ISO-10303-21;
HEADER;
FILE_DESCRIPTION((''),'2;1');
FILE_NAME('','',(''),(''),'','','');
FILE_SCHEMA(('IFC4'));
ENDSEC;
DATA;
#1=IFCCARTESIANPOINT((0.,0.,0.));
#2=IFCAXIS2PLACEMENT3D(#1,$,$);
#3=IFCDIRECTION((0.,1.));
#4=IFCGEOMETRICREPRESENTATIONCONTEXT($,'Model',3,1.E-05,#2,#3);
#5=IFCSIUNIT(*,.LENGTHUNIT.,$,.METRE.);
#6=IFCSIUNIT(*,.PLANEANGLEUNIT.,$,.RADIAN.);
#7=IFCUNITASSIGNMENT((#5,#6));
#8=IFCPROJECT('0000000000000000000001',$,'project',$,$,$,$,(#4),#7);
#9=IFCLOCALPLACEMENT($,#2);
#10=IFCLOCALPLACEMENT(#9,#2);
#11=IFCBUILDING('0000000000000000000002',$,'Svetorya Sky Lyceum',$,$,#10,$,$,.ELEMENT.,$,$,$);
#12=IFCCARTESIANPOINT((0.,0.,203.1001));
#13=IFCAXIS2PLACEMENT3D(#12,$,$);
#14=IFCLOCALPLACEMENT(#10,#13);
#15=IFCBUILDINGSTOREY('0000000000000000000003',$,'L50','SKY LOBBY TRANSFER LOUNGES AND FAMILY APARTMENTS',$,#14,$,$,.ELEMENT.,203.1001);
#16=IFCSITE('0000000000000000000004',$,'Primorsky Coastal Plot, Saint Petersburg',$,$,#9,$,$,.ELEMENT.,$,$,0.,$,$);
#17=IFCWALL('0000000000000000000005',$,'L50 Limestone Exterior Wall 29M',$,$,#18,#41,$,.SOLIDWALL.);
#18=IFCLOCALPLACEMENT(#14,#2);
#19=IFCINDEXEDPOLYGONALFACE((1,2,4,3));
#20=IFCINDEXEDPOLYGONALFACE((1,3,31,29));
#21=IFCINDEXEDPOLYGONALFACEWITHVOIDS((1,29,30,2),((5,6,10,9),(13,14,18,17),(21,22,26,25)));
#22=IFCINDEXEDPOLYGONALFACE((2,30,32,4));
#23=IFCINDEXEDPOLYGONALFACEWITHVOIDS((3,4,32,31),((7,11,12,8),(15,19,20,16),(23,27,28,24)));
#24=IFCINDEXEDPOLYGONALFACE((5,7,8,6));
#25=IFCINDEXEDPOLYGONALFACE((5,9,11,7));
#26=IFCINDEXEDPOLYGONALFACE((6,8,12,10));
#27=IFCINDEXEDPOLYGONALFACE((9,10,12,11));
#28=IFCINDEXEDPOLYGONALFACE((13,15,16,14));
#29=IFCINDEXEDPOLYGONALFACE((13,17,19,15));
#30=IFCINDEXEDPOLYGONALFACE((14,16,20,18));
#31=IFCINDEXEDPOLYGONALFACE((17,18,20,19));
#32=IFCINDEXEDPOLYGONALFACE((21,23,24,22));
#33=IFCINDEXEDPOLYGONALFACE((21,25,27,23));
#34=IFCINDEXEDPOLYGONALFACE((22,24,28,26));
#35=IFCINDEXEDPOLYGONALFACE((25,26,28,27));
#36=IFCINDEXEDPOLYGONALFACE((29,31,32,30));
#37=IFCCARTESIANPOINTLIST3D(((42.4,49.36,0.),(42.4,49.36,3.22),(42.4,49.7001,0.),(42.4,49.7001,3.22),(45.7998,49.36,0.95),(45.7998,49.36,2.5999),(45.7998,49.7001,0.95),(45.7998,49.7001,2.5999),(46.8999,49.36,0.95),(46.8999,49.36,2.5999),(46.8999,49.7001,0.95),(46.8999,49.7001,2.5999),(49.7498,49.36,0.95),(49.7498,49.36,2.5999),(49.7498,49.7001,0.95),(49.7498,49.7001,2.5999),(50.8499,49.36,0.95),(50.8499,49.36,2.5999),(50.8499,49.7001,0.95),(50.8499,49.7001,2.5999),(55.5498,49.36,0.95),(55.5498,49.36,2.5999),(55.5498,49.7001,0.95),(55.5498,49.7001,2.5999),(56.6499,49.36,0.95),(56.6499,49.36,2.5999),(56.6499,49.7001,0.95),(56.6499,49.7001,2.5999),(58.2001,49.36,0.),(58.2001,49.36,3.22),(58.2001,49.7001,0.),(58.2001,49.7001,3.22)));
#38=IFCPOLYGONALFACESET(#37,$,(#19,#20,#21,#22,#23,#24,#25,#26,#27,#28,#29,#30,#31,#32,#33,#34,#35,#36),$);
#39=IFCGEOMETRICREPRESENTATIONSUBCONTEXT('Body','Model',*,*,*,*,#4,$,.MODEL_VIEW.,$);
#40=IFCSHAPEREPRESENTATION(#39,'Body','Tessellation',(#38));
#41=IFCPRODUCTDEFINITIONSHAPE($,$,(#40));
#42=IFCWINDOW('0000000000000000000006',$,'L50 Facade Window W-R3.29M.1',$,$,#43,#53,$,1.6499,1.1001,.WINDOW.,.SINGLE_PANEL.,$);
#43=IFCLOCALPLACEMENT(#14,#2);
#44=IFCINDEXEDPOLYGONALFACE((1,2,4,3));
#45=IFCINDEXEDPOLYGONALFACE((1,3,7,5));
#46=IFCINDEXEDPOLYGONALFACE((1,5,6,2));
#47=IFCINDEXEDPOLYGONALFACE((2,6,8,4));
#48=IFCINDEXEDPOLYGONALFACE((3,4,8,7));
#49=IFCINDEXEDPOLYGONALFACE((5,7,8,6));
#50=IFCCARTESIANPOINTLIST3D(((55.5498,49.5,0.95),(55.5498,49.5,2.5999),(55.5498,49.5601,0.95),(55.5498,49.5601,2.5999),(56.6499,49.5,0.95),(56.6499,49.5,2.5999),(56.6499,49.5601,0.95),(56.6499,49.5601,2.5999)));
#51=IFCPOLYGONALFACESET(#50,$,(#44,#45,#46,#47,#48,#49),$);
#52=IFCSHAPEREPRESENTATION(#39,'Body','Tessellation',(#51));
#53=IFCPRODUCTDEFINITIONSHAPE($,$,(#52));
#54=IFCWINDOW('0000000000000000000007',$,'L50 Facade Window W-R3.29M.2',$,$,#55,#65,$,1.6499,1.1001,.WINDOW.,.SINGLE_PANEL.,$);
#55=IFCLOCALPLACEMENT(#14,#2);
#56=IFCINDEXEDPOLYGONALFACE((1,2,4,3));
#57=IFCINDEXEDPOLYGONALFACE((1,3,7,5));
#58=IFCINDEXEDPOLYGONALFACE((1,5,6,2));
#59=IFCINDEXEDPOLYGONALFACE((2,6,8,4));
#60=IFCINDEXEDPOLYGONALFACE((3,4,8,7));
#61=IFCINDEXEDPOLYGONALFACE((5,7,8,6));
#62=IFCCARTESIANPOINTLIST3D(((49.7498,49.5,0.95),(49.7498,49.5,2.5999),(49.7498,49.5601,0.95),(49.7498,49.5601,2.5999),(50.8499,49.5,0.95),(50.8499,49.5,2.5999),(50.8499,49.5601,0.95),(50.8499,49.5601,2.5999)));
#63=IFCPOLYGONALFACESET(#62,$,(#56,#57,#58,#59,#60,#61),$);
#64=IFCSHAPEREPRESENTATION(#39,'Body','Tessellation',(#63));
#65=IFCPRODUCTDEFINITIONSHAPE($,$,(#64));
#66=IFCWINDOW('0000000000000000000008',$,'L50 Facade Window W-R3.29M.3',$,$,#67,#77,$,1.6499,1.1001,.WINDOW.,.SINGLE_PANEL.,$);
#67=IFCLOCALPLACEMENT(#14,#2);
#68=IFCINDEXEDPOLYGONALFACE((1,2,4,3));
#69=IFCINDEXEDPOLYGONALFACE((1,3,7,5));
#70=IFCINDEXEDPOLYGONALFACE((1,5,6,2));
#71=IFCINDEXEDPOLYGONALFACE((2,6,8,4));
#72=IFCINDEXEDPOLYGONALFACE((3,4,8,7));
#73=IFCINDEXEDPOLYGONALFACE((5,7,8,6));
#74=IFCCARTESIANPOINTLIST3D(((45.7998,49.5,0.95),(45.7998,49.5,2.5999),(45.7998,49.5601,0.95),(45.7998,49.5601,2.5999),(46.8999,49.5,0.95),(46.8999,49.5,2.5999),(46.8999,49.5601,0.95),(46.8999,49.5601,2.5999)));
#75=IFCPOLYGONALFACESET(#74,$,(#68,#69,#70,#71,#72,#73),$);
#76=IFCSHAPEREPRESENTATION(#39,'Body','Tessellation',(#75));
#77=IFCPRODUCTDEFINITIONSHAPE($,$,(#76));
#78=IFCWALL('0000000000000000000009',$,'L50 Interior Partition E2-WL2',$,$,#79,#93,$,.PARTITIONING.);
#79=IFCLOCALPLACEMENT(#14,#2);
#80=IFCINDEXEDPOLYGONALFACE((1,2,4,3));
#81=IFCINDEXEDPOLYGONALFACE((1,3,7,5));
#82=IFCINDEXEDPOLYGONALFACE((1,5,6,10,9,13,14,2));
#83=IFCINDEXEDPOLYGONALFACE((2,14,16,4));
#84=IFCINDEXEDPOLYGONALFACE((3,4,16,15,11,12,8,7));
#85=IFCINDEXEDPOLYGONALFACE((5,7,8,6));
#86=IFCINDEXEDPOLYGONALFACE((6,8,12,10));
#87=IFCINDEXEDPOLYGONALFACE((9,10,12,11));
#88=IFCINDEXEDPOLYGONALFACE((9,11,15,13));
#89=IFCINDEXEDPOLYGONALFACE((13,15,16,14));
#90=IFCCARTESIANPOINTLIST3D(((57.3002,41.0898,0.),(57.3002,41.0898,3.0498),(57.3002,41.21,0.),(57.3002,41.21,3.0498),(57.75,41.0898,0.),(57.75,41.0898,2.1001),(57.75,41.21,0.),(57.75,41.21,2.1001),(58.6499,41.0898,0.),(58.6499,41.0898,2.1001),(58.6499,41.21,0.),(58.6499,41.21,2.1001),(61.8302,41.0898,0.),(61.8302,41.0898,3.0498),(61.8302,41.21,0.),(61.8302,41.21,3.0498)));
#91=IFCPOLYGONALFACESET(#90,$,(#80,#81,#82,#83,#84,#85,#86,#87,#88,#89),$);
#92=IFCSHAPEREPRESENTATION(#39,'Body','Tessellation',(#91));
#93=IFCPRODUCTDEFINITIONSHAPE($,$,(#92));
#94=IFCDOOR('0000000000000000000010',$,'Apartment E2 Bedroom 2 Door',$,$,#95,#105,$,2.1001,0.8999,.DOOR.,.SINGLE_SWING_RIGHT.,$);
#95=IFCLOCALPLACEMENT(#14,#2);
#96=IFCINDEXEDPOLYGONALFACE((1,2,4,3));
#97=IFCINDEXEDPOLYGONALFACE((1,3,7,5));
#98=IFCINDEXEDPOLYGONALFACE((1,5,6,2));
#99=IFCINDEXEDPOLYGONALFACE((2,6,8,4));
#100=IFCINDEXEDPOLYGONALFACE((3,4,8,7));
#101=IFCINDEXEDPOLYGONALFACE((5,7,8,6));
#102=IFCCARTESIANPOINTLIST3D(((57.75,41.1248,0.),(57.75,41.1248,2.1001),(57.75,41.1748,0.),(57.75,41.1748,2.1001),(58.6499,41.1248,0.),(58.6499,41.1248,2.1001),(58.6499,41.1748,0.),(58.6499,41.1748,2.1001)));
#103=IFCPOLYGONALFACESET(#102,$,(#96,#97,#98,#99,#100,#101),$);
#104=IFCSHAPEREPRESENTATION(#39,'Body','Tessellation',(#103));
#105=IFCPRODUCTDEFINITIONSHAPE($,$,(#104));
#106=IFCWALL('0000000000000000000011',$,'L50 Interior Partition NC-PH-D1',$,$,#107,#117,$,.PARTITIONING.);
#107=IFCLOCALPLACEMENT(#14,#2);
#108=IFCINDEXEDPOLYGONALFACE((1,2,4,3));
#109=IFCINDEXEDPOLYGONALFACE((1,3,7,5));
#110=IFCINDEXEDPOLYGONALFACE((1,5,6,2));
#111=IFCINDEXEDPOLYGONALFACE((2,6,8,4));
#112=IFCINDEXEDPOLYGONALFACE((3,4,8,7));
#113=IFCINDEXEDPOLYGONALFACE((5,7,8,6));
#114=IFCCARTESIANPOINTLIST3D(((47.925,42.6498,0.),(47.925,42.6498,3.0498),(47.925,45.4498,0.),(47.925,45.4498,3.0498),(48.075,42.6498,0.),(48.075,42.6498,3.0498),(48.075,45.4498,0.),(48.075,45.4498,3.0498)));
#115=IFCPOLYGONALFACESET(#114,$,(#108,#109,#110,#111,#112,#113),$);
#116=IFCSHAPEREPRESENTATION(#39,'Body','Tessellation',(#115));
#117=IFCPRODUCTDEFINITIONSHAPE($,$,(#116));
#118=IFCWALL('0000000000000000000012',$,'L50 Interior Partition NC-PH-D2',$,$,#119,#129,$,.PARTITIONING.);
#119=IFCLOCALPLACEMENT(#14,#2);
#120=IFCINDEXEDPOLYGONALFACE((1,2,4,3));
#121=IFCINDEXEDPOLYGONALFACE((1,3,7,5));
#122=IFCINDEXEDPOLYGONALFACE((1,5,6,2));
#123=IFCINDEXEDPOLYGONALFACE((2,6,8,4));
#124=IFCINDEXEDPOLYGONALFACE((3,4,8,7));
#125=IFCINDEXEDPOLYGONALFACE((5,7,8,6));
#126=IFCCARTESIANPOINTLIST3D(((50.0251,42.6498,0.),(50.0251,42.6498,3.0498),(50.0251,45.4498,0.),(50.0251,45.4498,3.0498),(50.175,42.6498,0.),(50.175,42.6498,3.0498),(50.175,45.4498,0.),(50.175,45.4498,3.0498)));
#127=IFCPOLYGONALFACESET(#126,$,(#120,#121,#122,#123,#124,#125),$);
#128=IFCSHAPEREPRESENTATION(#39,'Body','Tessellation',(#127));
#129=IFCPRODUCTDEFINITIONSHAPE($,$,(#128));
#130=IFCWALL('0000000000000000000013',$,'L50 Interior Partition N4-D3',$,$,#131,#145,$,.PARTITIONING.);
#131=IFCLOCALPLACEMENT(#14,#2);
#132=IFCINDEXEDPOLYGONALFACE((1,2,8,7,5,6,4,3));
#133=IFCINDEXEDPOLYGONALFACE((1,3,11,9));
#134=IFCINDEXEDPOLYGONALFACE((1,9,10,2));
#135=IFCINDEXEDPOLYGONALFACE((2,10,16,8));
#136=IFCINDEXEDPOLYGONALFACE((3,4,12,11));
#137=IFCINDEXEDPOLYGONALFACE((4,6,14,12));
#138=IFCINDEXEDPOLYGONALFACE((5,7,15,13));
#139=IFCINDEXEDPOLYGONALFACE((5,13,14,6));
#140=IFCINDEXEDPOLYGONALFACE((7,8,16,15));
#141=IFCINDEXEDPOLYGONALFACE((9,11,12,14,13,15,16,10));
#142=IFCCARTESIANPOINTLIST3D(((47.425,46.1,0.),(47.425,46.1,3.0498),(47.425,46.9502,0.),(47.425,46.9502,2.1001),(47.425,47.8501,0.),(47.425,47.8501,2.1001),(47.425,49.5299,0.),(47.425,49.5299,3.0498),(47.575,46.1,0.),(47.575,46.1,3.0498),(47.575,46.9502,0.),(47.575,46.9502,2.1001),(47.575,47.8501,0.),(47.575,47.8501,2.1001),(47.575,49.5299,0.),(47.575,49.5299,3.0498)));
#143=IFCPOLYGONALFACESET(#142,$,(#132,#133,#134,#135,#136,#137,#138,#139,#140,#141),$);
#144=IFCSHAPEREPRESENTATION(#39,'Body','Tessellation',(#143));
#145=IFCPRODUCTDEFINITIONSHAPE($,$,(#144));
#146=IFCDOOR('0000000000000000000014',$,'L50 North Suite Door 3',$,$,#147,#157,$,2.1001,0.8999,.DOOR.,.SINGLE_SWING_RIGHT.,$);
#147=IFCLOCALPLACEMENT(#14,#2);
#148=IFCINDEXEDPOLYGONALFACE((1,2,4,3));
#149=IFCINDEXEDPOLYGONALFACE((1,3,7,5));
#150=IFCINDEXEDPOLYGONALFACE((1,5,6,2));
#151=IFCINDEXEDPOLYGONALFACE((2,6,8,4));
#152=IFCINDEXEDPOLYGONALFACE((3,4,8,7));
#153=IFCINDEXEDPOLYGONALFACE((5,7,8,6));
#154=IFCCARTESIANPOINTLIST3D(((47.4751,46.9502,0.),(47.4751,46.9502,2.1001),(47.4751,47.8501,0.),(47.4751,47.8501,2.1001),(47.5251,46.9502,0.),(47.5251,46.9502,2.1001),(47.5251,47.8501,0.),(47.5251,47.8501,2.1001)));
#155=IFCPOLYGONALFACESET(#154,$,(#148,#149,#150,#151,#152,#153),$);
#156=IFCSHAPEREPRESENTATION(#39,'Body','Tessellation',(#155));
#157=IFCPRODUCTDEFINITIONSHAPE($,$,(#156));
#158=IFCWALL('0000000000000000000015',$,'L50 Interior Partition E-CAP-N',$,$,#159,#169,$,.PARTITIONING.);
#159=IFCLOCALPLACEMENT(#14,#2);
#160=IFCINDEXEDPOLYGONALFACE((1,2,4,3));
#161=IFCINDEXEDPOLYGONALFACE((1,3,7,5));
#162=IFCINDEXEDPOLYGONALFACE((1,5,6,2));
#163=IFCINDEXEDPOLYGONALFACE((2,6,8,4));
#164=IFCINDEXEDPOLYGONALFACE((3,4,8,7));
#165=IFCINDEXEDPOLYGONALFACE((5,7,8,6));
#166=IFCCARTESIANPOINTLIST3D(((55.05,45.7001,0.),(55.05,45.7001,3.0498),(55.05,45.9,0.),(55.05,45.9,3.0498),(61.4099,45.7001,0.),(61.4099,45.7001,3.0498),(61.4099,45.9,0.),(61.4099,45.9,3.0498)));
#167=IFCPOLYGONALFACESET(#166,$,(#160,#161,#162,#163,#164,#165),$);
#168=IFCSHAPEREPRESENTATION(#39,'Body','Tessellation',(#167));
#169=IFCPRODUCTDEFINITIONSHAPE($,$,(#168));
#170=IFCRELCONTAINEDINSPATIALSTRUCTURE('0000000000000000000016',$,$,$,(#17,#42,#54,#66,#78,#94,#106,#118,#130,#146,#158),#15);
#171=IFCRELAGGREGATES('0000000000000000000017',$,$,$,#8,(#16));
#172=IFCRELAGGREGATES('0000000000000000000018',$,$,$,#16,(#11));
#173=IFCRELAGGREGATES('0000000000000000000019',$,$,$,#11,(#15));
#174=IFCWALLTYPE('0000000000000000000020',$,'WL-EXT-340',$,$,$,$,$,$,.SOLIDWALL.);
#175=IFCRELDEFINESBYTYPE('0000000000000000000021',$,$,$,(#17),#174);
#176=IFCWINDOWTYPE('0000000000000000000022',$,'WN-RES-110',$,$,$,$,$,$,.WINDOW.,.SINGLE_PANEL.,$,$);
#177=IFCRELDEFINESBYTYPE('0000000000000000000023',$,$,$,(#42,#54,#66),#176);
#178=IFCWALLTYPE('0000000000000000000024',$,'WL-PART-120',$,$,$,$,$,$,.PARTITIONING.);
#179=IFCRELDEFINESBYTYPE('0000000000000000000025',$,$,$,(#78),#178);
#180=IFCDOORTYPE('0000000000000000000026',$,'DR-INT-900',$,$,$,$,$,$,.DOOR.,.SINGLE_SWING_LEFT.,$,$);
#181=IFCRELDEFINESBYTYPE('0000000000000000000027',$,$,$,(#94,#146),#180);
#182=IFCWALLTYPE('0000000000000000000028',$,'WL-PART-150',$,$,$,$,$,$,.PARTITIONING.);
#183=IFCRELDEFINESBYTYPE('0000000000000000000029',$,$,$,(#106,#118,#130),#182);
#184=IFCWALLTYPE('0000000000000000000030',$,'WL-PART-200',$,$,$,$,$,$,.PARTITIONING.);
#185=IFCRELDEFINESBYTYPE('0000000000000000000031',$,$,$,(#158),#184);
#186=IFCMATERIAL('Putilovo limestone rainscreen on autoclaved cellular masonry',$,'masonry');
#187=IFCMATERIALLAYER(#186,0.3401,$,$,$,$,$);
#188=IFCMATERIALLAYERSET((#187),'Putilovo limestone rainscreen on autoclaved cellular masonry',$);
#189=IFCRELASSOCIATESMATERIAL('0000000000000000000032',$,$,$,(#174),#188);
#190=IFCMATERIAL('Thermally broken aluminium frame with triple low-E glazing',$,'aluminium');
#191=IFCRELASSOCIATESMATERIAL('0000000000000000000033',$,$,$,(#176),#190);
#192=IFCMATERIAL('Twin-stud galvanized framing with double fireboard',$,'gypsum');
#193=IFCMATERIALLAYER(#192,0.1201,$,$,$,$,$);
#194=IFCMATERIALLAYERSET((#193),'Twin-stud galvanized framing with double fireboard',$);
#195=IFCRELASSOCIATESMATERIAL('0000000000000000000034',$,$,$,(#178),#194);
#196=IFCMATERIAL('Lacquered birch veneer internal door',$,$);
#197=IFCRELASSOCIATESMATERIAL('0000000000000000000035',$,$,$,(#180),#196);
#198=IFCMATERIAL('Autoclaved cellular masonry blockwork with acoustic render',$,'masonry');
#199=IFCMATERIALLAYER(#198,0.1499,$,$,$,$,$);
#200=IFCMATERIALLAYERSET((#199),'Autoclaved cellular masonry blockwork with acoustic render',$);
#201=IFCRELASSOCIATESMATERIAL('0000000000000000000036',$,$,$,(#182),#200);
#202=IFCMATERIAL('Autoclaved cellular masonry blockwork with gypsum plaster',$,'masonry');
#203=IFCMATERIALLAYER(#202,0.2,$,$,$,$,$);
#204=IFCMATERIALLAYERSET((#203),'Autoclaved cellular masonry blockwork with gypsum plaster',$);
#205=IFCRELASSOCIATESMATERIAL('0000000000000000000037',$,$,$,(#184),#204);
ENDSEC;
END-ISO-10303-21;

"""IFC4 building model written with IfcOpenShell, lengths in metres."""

from ifc_helpers import new_model, si_unit, direction, frame, frame_2d, origin, place, context, subcontext, project, spatial, rectangle, extrude, material, layer, layer_set, type_object, element, fill, save


model = new_model("IFC4")

# Units and contexts
model_context = context("Model", 3, precision=1e-05, world=origin(), true_north=direction((0.0, 1.0)))
body_context = subcontext(model_context, "Body", "Model", "MODEL_VIEW")
ifc_project = project(units=[si_unit("LENGTHUNIT", "METRE"), si_unit("PLANEANGLEUNIT", "RADIAN")], contexts=[model_context])

# Site, building, storey
site_placement = place(None, origin())
site = spatial("IfcSite", under=ifc_project, at=site_placement, Name="Primorsky Coastal Plot, Saint Petersburg", CompositionType="ELEMENT", RefElevation=0.0)
building_placement = place(site_placement, origin())
building = spatial("IfcBuilding", under=site, at=building_placement, Name="Svetorya Sky Lyceum", CompositionType="ELEMENT")
storey_placement = place(building_placement, frame((0.0, 0.0, 203.1001)))
storey = spatial("IfcBuildingStorey", under=building, at=storey_placement, Name="L50", Description="SKY LOBBY TRANSFER LOUNGES AND FAMILY APARTMENTS", CompositionType="ELEMENT", Elevation=203.1001)

# Shared definitions
ifc_material_1 = material(Name="Putilovo limestone rainscreen on autoclaved cellular masonry", Category="masonry")
ifc_layer_1 = layer(ifc_material_1, 0.3401)
ifc_layer_set_1 = layer_set([ifc_layer_1], Name="Putilovo limestone rainscreen on autoclaved cellular masonry")
wall_type_1 = type_object("IfcWallType", Name="WL-EXT-340", PredefinedType="SOLIDWALL", material=ifc_layer_set_1)

# Wall, openings, windows
wall_1_placement = place(storey_placement, frame((58.2, 49.53, 0.0), z_axis=(0.0, 0.0, 1.0), x_axis=(-1.0, 0.0, 0.0)))
wall_1 = element("IfcWall", 1, at=wall_1_placement, inside=storey, type_object=wall_type_1, Name="L50 Limestone Exterior Wall 29M", PredefinedType="SOLIDWALL", context=body_context, shape_type="SweptSolid", body=[
    extrude(rectangle(XDim=15.8, YDim=0.3401, at=frame_2d((7.8999, 0.0))), origin(), (0.0, 0.0, 1.0), 3.22),
])
opening_1_placement = place(wall_1_placement, frame((1.55, 0.0, 0.95)))
opening_1 = element("IfcOpeningElement", 2, at=opening_1_placement, cuts=wall_1, PredefinedType="OPENING", context=body_context, shape_type="SweptSolid", body=[
    extrude(rectangle(XDim=1.1001, YDim=1.6499, at=frame_2d((0.55, 0.825))), frame((0.0, 0.1799, 0.0), z_axis=(0.0, -1.0, 0.0), x_axis=(1.0, 0.0, 0.0)), (0.0, 0.0, 1.0), 0.3601),
])
opening_2_placement = place(wall_1_placement, frame((7.3501, 0.0, 0.95)))
opening_2 = element("IfcOpeningElement", 3, at=opening_2_placement, cuts=wall_1, PredefinedType="OPENING", context=body_context, shape_type="SweptSolid", body=[
    extrude(rectangle(XDim=1.1001, YDim=1.6499, at=frame_2d((0.55, 0.825))), frame((0.0, 0.1799, 0.0), z_axis=(0.0, -1.0, 0.0), x_axis=(1.0, 0.0, 0.0)), (0.0, 0.0, 1.0), 0.3601),
])
opening_3_placement = place(wall_1_placement, frame((11.3, 0.0, 0.95)))
opening_3 = element("IfcOpeningElement", 4, at=opening_3_placement, cuts=wall_1, PredefinedType="OPENING", context=body_context, shape_type="SweptSolid", body=[
    extrude(rectangle(XDim=1.1001, YDim=1.6499, at=frame_2d((0.55, 0.825))), frame((0.0, 0.1799, 0.0), z_axis=(0.0, -1.0, 0.0), x_axis=(1.0, 0.0, 0.0)), (0.0, 0.0, 1.0), 0.3601),
])
ifc_material_2 = material(Name="Thermally broken aluminium frame with triple low-E glazing", Category="aluminium")
window_type = type_object("IfcWindowType", Name="WN-RES-110", PartitioningType="SINGLE_PANEL", PredefinedType="WINDOW", material=ifc_material_2)
window_1_placement = place(opening_1_placement, origin())
window_1 = element("IfcWindow", 5, at=window_1_placement, inside=storey, type_object=window_type, Name="L50 Facade Window W-R3.29M.1", OverallHeight=1.6499, OverallWidth=1.1001, PartitioningType="SINGLE_PANEL", PredefinedType="WINDOW", context=body_context, shape_type="SweptSolid", body=[
    extrude(rectangle(XDim=1.1001, YDim=1.6499, at=frame_2d((0.55, 0.825))), frame((0.0, 0.03, 0.0), z_axis=(0.0, -1.0, 0.0), x_axis=(1.0, 0.0, 0.0)), (0.0, 0.0, 1.0), 0.0601),
])
fill(opening_1, window_1)
window_2_placement = place(opening_2_placement, origin())
window_2 = element("IfcWindow", 6, at=window_2_placement, inside=storey, type_object=window_type, Name="L50 Facade Window W-R3.29M.2", OverallHeight=1.6499, OverallWidth=1.1001, PartitioningType="SINGLE_PANEL", PredefinedType="WINDOW", context=body_context, shape_type="SweptSolid", body=[
    extrude(rectangle(XDim=1.1001, YDim=1.6499, at=frame_2d((0.55, 0.825))), frame((0.0, 0.03, 0.0), z_axis=(0.0, -1.0, 0.0), x_axis=(1.0, 0.0, 0.0)), (0.0, 0.0, 1.0), 0.0601),
])
fill(opening_2, window_2)
window_3_placement = place(opening_3_placement, origin())
window_3 = element("IfcWindow", 7, at=window_3_placement, inside=storey, type_object=window_type, Name="L50 Facade Window W-R3.29M.3", OverallHeight=1.6499, OverallWidth=1.1001, PartitioningType="SINGLE_PANEL", PredefinedType="WINDOW", context=body_context, shape_type="SweptSolid", body=[
    extrude(rectangle(XDim=1.1001, YDim=1.6499, at=frame_2d((0.55, 0.825))), frame((0.0, 0.03, 0.0), z_axis=(0.0, -1.0, 0.0), x_axis=(1.0, 0.0, 0.0)), (0.0, 0.0, 1.0), 0.0601),
])
fill(opening_3, window_3)

# Wall, opening, door
ifc_material_3 = material(Name="Twin-stud galvanized framing with double fireboard", Category="gypsum")
ifc_layer_2 = layer(ifc_material_3, 0.1201)
ifc_layer_set_2 = layer_set([ifc_layer_2], Name="Twin-stud galvanized framing with double fireboard")
wall_type_2 = type_object("IfcWallType", Name="WL-PART-120", PredefinedType="PARTITIONING", material=ifc_layer_set_2)
wall_2_placement = place(storey_placement, frame((57.3, 41.1499, 0.0), z_axis=(0.0, 0.0, 1.0), x_axis=(1.0, 0.0, 0.0)))
wall_2 = element("IfcWall", 8, at=wall_2_placement, inside=storey, type_object=wall_type_2, Name="L50 Interior Partition E2-WL2", PredefinedType="PARTITIONING", context=body_context, shape_type="SweptSolid", body=[
    extrude(rectangle(XDim=4.53, YDim=0.1201, at=frame_2d((2.2651, 0.0))), origin(), (0.0, 0.0, 1.0), 3.0498),
])
opening_4_placement = place(wall_2_placement, frame((0.45, 0.0, 0.0)))
opening_4 = element("IfcOpeningElement", 9, at=opening_4_placement, cuts=wall_2, PredefinedType="OPENING", context=body_context, shape_type="SweptSolid", body=[
    extrude(rectangle(XDim=0.8999, YDim=2.1001, at=frame_2d((0.45, 1.05))), frame((0.0, 0.0701, 0.0), z_axis=(0.0, -1.0, 0.0), x_axis=(1.0, 0.0, 0.0)), (0.0, 0.0, 1.0), 0.1401),
])
ifc_material_4 = material(Name="Lacquered birch veneer internal door")
door_type_1 = type_object("IfcDoorType", Name="DR-INT-900", OperationType="SINGLE_SWING_LEFT", PredefinedType="DOOR", material=ifc_material_4)
door_1_placement = place(opening_4_placement, origin())
door_1 = element("IfcDoor", 10, at=door_1_placement, inside=storey, type_object=door_type_1, Name="Apartment E2 Bedroom 2 Door", OperationType="SINGLE_SWING_RIGHT", OverallHeight=2.1001, OverallWidth=0.8999, PredefinedType="DOOR", context=body_context, shape_type="SweptSolid", body=[
    extrude(rectangle(XDim=0.8999, YDim=2.1001, at=frame_2d((0.45, 1.05))), frame((0.0, 0.0249, 0.0), z_axis=(0.0, -1.0, 0.0), x_axis=(1.0, 0.0, 0.0)), (0.0, 0.0, 1.0), 0.05),
])
fill(opening_4, door_1)

# Walls
ifc_material_5 = material(Name="Autoclaved cellular masonry blockwork with acoustic render", Category="masonry")
ifc_layer_3 = layer(ifc_material_5, 0.1499)
ifc_layer_set_3 = layer_set([ifc_layer_3], Name="Autoclaved cellular masonry blockwork with acoustic render")
wall_type_3 = type_object("IfcWallType", Name="WL-PART-150", PredefinedType="PARTITIONING", material=ifc_layer_set_3)
for number, where, z_axis, x_axis, name in (
    (11, (48.0, 42.6499, 0.0), (0.0, 0.0, 1.0), (0.0, 1.0, 0.0), "L50 Interior Partition NC-PH-D1"),
    (12, (50.1001, 42.6499, 0.0), (0.0, 0.0, 1.0), (0.0, 1.0, 0.0), "L50 Interior Partition NC-PH-D2"),
):
    element("IfcWall", number, at=place(storey_placement, frame(where, z_axis=z_axis, x_axis=x_axis)), inside=storey, type_object=wall_type_3, Name=name, PredefinedType="PARTITIONING", context=body_context, shape_type="SweptSolid", body=[
        extrude(rectangle(XDim=2.8, YDim=0.1499, at=frame_2d((1.3999, 0.0))), origin(), (0.0, 0.0, 1.0), 3.0498),
    ])

# Wall, opening, door
wall_3_placement = place(storey_placement, frame((47.5, 46.1001, 0.0), z_axis=(0.0, 0.0, 1.0), x_axis=(0.0, 1.0, 0.0)))
wall_3 = element("IfcWall", 13, at=wall_3_placement, inside=storey, type_object=wall_type_3, Name="L50 Interior Partition N4-D3", PredefinedType="PARTITIONING", context=body_context, shape_type="SweptSolid", body=[
    extrude(rectangle(XDim=3.4299, YDim=0.1499, at=frame_2d((1.7148, 0.0))), origin(), (0.0, 0.0, 1.0), 3.0498),
])
opening_5_placement = place(wall_3_placement, frame((0.8501, 0.0, 0.0)))
opening_5 = element("IfcOpeningElement", 14, at=opening_5_placement, cuts=wall_3, PredefinedType="OPENING", context=body_context, shape_type="SweptSolid", body=[
    extrude(rectangle(XDim=0.8999, YDim=2.1001, at=frame_2d((0.45, 1.05))), frame((0.0, 0.085, 0.0), z_axis=(0.0, -1.0, 0.0), x_axis=(1.0, 0.0, 0.0)), (0.0, 0.0, 1.0), 0.1699),
])
door_2_placement = place(opening_5_placement, origin())
door_2 = element("IfcDoor", 15, at=door_2_placement, inside=storey, type_object=door_type_1, Name="L50 North Suite Door 3", OperationType="SINGLE_SWING_RIGHT", OverallHeight=2.1001, OverallWidth=0.8999, PredefinedType="DOOR", context=body_context, shape_type="SweptSolid", body=[
    extrude(rectangle(XDim=0.8999, YDim=2.1001, at=frame_2d((0.45, 1.05))), frame((0.0, 0.0249, 0.0), z_axis=(0.0, -1.0, 0.0), x_axis=(1.0, 0.0, 0.0)), (0.0, 0.0, 1.0), 0.05),
])
fill(opening_5, door_2)

# Shared definitions
ifc_material_6 = material(Name="Autoclaved cellular masonry blockwork with gypsum plaster", Category="masonry")
ifc_layer_4 = layer(ifc_material_6, 0.2)
ifc_layer_set_4 = layer_set([ifc_layer_4], Name="Autoclaved cellular masonry blockwork with gypsum plaster")
wall_type_4 = type_object("IfcWallType", Name="WL-PART-200", PredefinedType="PARTITIONING", material=ifc_layer_set_4)

# Wall
wall_4_placement = place(storey_placement, frame((55.05, 45.8, 0.0), z_axis=(0.0, 0.0, 1.0), x_axis=(1.0, 0.0, 0.0)))
element("IfcWall", 16, at=wall_4_placement, inside=storey, type_object=wall_type_4, Name="L50 Interior Partition E-CAP-N", PredefinedType="PARTITIONING", context=body_context, shape_type="SweptSolid", body=[
    extrude(rectangle(XDim=6.3599, YDim=0.2, at=frame_2d((3.1799, 0.0))), origin(), (0.0, 0.0, 1.0), 3.0498),
])

save(model, "model.ifc")
